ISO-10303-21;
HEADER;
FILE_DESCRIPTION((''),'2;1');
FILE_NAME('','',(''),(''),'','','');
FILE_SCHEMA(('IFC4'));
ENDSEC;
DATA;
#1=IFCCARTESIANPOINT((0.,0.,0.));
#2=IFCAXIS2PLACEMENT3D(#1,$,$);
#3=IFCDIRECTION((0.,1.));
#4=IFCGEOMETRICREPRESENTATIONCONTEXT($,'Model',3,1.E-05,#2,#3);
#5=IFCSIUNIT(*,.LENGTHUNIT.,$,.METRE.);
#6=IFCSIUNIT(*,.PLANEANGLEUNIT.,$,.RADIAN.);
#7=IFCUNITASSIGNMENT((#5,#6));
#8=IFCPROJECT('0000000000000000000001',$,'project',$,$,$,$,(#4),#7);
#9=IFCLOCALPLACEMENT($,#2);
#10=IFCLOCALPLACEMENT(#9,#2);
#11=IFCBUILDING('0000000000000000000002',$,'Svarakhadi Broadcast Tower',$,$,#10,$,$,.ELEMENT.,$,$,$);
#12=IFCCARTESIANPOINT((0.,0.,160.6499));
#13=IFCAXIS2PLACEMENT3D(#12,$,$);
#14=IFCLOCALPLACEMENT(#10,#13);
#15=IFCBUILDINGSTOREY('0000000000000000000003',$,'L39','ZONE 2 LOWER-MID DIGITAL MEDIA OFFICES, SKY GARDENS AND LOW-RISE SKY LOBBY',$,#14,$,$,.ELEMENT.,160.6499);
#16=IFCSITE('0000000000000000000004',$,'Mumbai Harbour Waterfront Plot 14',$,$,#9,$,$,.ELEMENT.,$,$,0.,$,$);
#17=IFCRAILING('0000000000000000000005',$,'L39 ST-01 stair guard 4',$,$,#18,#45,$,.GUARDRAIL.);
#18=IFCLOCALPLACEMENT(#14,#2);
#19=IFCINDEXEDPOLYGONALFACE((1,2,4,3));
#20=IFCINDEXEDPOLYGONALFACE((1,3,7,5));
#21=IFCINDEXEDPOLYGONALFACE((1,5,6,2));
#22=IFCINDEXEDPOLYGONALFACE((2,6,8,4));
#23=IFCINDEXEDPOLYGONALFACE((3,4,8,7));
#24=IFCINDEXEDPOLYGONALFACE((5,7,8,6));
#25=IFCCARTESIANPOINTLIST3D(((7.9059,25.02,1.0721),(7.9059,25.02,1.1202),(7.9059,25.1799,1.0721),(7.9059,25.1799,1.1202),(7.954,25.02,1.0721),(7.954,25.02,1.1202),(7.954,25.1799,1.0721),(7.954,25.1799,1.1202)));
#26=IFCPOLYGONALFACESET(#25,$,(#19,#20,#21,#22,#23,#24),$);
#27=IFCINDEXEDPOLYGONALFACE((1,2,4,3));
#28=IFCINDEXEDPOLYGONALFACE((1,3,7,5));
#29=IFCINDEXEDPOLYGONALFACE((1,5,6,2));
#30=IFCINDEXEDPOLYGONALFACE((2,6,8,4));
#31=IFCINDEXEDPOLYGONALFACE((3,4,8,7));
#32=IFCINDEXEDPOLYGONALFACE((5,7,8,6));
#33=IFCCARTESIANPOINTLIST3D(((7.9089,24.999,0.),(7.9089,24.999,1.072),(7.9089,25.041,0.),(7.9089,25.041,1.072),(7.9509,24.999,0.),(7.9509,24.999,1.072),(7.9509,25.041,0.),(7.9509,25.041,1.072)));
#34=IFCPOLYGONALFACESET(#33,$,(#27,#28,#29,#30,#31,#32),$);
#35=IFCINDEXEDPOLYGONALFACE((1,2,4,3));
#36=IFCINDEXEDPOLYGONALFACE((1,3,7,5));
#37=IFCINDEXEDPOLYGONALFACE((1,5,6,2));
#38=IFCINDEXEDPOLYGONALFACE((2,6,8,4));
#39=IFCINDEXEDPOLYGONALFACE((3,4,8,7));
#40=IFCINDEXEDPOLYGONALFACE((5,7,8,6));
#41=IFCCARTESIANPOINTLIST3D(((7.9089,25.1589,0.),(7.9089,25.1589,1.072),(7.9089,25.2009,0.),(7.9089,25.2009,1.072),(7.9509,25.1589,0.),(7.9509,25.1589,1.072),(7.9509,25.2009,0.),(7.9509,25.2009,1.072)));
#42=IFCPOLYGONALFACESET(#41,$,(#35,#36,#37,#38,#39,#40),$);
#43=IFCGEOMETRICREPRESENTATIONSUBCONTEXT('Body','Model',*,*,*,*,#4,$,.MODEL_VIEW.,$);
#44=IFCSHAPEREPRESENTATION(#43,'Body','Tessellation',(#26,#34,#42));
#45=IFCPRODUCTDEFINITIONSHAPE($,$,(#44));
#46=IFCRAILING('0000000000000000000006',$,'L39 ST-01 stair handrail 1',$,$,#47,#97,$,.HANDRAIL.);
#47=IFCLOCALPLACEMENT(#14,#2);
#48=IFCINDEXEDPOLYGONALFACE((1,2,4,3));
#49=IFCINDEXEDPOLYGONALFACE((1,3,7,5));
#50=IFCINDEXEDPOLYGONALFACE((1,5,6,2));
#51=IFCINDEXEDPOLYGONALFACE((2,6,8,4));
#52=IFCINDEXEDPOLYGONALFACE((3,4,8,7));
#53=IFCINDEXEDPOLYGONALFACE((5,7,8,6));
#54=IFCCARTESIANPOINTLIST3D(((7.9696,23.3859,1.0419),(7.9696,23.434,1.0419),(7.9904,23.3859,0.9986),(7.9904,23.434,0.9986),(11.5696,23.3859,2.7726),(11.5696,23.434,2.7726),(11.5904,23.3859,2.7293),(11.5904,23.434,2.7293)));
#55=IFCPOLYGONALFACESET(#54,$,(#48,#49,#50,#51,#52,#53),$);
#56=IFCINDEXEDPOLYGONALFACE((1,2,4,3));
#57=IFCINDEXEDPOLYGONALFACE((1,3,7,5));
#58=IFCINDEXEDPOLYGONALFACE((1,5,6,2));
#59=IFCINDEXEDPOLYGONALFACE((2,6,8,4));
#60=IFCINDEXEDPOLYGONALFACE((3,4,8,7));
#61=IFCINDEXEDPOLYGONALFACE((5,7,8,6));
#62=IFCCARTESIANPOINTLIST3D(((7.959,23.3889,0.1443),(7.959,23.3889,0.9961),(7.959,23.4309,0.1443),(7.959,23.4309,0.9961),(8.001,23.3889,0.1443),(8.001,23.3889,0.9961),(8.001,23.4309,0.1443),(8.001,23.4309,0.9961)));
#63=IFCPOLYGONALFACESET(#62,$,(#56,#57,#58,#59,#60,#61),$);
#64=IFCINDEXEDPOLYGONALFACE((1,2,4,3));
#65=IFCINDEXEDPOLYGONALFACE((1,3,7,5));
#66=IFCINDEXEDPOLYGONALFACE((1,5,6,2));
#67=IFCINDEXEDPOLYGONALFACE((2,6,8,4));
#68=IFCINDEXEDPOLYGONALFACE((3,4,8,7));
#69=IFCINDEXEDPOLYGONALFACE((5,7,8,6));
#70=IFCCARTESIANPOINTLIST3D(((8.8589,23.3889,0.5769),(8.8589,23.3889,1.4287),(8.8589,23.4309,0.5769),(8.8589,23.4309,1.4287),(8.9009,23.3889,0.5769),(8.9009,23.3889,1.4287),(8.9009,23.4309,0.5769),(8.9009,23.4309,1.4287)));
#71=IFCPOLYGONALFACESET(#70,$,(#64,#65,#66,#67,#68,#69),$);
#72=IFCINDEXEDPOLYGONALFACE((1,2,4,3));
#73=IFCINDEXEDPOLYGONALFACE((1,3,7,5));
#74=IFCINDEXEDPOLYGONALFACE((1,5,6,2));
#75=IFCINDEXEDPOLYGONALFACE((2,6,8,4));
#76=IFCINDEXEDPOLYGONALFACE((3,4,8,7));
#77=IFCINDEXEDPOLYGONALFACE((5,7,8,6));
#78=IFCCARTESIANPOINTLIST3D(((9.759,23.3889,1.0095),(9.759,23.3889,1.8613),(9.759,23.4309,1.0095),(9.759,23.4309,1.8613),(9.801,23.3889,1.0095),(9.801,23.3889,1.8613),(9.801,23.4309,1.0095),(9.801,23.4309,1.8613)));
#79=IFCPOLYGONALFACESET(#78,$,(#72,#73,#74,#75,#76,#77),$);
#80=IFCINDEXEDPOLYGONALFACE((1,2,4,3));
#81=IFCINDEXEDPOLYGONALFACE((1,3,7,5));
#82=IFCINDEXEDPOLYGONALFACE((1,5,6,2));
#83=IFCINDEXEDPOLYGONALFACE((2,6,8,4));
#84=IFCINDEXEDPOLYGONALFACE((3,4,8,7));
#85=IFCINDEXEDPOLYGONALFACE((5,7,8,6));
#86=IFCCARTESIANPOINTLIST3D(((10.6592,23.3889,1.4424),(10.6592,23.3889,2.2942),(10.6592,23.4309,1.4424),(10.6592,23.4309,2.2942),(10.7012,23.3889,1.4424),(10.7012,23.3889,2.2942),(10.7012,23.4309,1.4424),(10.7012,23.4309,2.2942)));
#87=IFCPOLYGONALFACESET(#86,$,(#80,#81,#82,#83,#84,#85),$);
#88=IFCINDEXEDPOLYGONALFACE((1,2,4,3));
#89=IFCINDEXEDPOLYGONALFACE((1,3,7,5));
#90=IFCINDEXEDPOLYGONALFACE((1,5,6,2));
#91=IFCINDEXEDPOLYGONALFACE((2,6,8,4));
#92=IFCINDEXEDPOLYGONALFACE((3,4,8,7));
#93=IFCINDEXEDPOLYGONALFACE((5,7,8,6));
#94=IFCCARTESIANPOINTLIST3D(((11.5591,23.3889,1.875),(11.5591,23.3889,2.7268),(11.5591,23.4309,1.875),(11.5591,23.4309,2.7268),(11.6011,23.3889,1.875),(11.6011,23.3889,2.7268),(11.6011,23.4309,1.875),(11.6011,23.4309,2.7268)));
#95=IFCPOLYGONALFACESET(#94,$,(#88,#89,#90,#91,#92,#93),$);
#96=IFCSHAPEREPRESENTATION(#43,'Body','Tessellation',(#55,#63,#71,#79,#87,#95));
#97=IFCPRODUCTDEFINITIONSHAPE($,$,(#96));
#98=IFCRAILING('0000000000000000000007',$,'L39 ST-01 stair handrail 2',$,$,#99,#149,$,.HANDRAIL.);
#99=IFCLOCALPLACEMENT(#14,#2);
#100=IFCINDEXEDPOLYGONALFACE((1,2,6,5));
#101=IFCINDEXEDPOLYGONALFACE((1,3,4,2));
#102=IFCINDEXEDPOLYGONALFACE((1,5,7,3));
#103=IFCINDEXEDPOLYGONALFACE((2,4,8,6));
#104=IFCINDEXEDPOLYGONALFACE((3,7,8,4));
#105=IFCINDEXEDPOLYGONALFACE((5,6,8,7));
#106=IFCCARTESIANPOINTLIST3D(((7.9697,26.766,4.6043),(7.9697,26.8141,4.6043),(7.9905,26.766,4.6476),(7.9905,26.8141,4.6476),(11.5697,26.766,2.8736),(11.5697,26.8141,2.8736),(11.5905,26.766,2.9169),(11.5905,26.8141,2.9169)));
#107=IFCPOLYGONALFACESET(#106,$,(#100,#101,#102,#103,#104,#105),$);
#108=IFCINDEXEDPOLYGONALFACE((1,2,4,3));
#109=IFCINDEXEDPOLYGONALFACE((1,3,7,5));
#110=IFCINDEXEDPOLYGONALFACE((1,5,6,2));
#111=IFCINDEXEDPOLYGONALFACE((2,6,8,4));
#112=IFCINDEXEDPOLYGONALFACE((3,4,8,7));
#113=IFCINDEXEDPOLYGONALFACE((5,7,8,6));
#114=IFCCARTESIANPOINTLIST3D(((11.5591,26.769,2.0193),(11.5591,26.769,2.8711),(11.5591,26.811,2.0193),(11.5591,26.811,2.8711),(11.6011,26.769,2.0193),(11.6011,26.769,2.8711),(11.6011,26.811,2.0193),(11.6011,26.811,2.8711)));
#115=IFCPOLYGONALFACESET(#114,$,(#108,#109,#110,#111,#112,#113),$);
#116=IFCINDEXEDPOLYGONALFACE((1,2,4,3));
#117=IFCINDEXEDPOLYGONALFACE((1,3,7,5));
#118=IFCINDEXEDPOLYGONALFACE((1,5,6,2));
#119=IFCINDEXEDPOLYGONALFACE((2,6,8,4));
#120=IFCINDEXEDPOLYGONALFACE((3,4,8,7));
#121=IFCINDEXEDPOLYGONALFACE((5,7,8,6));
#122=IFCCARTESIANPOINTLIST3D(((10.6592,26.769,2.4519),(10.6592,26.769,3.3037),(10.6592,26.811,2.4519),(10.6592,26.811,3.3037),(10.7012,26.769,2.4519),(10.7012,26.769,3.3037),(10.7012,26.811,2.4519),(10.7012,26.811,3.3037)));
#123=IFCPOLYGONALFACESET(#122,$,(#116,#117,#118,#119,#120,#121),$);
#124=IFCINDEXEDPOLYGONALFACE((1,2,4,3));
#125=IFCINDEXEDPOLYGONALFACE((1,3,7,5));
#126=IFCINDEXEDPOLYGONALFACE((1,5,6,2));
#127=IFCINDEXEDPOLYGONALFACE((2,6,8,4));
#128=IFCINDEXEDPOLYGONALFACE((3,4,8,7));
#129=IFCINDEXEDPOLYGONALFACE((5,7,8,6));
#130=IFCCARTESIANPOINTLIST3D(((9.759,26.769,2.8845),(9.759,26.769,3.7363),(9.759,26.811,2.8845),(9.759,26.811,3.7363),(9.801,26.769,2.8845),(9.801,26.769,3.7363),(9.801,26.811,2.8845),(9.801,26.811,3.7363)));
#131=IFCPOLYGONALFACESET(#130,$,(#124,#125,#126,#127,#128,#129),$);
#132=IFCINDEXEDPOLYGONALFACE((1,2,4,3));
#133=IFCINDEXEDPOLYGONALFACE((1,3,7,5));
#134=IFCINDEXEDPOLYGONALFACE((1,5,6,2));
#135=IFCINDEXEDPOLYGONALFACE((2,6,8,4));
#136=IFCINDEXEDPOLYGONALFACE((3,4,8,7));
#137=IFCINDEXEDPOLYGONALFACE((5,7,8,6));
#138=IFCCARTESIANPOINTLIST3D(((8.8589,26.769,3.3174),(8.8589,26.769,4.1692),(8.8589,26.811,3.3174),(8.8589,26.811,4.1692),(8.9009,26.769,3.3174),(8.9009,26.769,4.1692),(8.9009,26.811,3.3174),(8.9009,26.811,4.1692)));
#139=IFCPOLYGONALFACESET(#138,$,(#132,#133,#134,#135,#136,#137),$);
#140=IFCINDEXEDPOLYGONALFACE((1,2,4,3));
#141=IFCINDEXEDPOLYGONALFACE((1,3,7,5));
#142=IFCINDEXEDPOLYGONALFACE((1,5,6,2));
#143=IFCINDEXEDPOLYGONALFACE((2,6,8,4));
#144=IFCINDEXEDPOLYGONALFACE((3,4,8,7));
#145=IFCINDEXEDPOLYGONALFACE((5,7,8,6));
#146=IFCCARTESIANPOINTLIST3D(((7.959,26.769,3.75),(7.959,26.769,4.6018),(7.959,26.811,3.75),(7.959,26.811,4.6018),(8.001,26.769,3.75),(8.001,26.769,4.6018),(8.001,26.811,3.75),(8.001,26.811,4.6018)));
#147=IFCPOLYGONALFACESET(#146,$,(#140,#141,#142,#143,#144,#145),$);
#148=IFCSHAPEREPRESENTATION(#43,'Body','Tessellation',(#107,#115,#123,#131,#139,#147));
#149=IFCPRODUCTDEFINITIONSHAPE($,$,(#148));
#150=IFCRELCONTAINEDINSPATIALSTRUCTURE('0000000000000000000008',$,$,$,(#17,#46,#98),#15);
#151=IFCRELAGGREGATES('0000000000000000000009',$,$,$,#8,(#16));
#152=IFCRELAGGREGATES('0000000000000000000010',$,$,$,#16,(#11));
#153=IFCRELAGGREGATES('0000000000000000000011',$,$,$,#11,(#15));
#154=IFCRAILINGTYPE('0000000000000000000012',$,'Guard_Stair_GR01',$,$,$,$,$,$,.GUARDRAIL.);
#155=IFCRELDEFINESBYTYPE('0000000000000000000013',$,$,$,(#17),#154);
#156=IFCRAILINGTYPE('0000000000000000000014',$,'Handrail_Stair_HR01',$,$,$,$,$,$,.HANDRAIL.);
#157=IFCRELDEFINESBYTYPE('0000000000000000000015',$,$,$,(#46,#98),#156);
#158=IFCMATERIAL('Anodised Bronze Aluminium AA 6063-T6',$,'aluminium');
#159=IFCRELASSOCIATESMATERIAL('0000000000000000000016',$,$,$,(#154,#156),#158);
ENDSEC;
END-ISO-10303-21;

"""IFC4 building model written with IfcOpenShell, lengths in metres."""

from ifc_helpers import new_model, si_unit, direction, frame, origin, origin_2d, place, context, subcontext, project, spatial, rectangle, extrude, material, type_object, element, save


model = new_model("IFC4")

# Units and contexts
model_context = context("Model", 3, precision=1e-05, world=origin(), true_north=direction((0.0, 1.0)))
body_context = subcontext(model_context, "Body", "Model", "MODEL_VIEW")
ifc_project = project(units=[si_unit("LENGTHUNIT", "METRE"), si_unit("PLANEANGLEUNIT", "RADIAN")], contexts=[model_context])

# Site, building, storey
site_placement = place(None, origin())
site = spatial("IfcSite", under=ifc_project, at=site_placement, Name="Mumbai Harbour Waterfront Plot 14", CompositionType="ELEMENT", RefElevation=0.0)
building_placement = place(site_placement, origin())
building = spatial("IfcBuilding", under=site, at=building_placement, Name="Svarakhadi Broadcast Tower", CompositionType="ELEMENT")
storey_placement = place(building_placement, frame((0.0, 0.0, 160.6499)))
storey = spatial("IfcBuildingStorey", under=building, at=storey_placement, Name="L39", Description="ZONE 2 LOWER-MID DIGITAL MEDIA OFFICES, SKY GARDENS AND LOW-RISE SKY LOBBY", CompositionType="ELEMENT", Elevation=160.6499)

# Railings
ifc_material_1 = material(Name="Anodised Bronze Aluminium AA 6063-T6", Category="aluminium")
railing_type_1 = type_object("IfcRailingType", Name="Guard_Stair_GR01", PredefinedType="GUARDRAIL", material=ifc_material_1)
railing_1_placement = place(storey_placement, frame((7.9299, 25.02, 0.0)))
element("IfcRailing", 1, at=railing_1_placement, inside=storey, type_object=railing_type_1, Name="L39 ST-01 stair guard 4", PredefinedType="GUARDRAIL", context=body_context, shape_type="SweptSolid", body=[
    extrude(rectangle(XDim=0.0481, YDim=0.0481, at=origin_2d()), frame((0.0, 0.0, 1.0962), z_axis=(0.0, 1.0, 0.0), x_axis=(-1.0, 0.0, 0.0)), (0.0, 0.0, 1.0), 0.1599),
    extrude(rectangle(XDim=0.042, YDim=0.042, at=origin_2d()), origin(), (0.0, 0.0, 1.0), 1.072),
    extrude(rectangle(XDim=0.042, YDim=0.042, at=origin_2d()), frame((0.0, 0.1599, 0.0)), (0.0, 0.0, 1.0), 1.072),
])
railing_type_2 = type_object("IfcRailingType", Name="Handrail_Stair_HR01", PredefinedType="HANDRAIL", material=ifc_material_1)
railing_2_placement = place(storey_placement, frame((7.98, 23.4099, 0.1443)))
element("IfcRailing", 2, at=railing_2_placement, inside=storey, type_object=railing_type_2, Name="L39 ST-01 stair handrail 1", PredefinedType="HANDRAIL", context=body_context, shape_type="SweptSolid", body=[
    extrude(rectangle(XDim=0.0481, YDim=0.0481, at=origin_2d()), frame((0.0, 0.0, 0.876), z_axis=(0.901263, 0.0, 0.433273), x_axis=(0.0, 1.0, 0.0)), (0.0, 0.0, 1.0), 3.9944),
    extrude(rectangle(XDim=0.042, YDim=0.042, at=origin_2d()), origin(), (0.0, 0.0, 1.0), 0.8518),
    extrude(rectangle(XDim=0.042, YDim=0.042, at=origin_2d()), frame((0.8999, 0.0, 0.4326)), (0.0, 0.0, 1.0), 0.8518),
    extrude(rectangle(XDim=0.042, YDim=0.042, at=origin_2d()), frame((1.8, 0.0, 0.8652)), (0.0, 0.0, 1.0), 0.8518),
    extrude(rectangle(XDim=0.042, YDim=0.042, at=origin_2d()), frame((2.7002, 0.0, 1.2981)), (0.0, 0.0, 1.0), 0.8518),
    extrude(rectangle(XDim=0.042, YDim=0.042, at=origin_2d()), frame((3.6001, 0.0, 1.7307)), (0.0, 0.0, 1.0), 0.8518),
])
railing_3_placement = place(storey_placement, frame((11.5801, 26.79, 2.0193)))
element("IfcRailing", 3, at=railing_3_placement, inside=storey, type_object=railing_type_2, Name="L39 ST-01 stair handrail 2", PredefinedType="HANDRAIL", context=body_context, shape_type="SweptSolid", body=[
    extrude(rectangle(XDim=0.0481, YDim=0.0481, at=origin_2d()), frame((0.0, 0.0, 0.876), z_axis=(-0.901263, 0.0, 0.433273), x_axis=(0.0, -1.0, 0.0)), (0.0, 0.0, 1.0), 3.9944),
    extrude(rectangle(XDim=0.042, YDim=0.042, at=origin_2d()), origin(), (0.0, 0.0, 1.0), 0.8518),
    extrude(rectangle(XDim=0.042, YDim=0.042, at=origin_2d()), frame((-0.8999, 0.0, 0.4326)), (0.0, 0.0, 1.0), 0.8518),
    extrude(rectangle(XDim=0.042, YDim=0.042, at=origin_2d()), frame((-1.8, 0.0, 0.8652)), (0.0, 0.0, 1.0), 0.8518),
    extrude(rectangle(XDim=0.042, YDim=0.042, at=origin_2d()), frame((-2.7002, 0.0, 1.2981)), (0.0, 0.0, 1.0), 0.8518),
    extrude(rectangle(XDim=0.042, YDim=0.042, at=origin_2d()), frame((-3.6001, 0.0, 1.7307)), (0.0, 0.0, 1.0), 0.8518),
])

save(model, "model.ifc")
